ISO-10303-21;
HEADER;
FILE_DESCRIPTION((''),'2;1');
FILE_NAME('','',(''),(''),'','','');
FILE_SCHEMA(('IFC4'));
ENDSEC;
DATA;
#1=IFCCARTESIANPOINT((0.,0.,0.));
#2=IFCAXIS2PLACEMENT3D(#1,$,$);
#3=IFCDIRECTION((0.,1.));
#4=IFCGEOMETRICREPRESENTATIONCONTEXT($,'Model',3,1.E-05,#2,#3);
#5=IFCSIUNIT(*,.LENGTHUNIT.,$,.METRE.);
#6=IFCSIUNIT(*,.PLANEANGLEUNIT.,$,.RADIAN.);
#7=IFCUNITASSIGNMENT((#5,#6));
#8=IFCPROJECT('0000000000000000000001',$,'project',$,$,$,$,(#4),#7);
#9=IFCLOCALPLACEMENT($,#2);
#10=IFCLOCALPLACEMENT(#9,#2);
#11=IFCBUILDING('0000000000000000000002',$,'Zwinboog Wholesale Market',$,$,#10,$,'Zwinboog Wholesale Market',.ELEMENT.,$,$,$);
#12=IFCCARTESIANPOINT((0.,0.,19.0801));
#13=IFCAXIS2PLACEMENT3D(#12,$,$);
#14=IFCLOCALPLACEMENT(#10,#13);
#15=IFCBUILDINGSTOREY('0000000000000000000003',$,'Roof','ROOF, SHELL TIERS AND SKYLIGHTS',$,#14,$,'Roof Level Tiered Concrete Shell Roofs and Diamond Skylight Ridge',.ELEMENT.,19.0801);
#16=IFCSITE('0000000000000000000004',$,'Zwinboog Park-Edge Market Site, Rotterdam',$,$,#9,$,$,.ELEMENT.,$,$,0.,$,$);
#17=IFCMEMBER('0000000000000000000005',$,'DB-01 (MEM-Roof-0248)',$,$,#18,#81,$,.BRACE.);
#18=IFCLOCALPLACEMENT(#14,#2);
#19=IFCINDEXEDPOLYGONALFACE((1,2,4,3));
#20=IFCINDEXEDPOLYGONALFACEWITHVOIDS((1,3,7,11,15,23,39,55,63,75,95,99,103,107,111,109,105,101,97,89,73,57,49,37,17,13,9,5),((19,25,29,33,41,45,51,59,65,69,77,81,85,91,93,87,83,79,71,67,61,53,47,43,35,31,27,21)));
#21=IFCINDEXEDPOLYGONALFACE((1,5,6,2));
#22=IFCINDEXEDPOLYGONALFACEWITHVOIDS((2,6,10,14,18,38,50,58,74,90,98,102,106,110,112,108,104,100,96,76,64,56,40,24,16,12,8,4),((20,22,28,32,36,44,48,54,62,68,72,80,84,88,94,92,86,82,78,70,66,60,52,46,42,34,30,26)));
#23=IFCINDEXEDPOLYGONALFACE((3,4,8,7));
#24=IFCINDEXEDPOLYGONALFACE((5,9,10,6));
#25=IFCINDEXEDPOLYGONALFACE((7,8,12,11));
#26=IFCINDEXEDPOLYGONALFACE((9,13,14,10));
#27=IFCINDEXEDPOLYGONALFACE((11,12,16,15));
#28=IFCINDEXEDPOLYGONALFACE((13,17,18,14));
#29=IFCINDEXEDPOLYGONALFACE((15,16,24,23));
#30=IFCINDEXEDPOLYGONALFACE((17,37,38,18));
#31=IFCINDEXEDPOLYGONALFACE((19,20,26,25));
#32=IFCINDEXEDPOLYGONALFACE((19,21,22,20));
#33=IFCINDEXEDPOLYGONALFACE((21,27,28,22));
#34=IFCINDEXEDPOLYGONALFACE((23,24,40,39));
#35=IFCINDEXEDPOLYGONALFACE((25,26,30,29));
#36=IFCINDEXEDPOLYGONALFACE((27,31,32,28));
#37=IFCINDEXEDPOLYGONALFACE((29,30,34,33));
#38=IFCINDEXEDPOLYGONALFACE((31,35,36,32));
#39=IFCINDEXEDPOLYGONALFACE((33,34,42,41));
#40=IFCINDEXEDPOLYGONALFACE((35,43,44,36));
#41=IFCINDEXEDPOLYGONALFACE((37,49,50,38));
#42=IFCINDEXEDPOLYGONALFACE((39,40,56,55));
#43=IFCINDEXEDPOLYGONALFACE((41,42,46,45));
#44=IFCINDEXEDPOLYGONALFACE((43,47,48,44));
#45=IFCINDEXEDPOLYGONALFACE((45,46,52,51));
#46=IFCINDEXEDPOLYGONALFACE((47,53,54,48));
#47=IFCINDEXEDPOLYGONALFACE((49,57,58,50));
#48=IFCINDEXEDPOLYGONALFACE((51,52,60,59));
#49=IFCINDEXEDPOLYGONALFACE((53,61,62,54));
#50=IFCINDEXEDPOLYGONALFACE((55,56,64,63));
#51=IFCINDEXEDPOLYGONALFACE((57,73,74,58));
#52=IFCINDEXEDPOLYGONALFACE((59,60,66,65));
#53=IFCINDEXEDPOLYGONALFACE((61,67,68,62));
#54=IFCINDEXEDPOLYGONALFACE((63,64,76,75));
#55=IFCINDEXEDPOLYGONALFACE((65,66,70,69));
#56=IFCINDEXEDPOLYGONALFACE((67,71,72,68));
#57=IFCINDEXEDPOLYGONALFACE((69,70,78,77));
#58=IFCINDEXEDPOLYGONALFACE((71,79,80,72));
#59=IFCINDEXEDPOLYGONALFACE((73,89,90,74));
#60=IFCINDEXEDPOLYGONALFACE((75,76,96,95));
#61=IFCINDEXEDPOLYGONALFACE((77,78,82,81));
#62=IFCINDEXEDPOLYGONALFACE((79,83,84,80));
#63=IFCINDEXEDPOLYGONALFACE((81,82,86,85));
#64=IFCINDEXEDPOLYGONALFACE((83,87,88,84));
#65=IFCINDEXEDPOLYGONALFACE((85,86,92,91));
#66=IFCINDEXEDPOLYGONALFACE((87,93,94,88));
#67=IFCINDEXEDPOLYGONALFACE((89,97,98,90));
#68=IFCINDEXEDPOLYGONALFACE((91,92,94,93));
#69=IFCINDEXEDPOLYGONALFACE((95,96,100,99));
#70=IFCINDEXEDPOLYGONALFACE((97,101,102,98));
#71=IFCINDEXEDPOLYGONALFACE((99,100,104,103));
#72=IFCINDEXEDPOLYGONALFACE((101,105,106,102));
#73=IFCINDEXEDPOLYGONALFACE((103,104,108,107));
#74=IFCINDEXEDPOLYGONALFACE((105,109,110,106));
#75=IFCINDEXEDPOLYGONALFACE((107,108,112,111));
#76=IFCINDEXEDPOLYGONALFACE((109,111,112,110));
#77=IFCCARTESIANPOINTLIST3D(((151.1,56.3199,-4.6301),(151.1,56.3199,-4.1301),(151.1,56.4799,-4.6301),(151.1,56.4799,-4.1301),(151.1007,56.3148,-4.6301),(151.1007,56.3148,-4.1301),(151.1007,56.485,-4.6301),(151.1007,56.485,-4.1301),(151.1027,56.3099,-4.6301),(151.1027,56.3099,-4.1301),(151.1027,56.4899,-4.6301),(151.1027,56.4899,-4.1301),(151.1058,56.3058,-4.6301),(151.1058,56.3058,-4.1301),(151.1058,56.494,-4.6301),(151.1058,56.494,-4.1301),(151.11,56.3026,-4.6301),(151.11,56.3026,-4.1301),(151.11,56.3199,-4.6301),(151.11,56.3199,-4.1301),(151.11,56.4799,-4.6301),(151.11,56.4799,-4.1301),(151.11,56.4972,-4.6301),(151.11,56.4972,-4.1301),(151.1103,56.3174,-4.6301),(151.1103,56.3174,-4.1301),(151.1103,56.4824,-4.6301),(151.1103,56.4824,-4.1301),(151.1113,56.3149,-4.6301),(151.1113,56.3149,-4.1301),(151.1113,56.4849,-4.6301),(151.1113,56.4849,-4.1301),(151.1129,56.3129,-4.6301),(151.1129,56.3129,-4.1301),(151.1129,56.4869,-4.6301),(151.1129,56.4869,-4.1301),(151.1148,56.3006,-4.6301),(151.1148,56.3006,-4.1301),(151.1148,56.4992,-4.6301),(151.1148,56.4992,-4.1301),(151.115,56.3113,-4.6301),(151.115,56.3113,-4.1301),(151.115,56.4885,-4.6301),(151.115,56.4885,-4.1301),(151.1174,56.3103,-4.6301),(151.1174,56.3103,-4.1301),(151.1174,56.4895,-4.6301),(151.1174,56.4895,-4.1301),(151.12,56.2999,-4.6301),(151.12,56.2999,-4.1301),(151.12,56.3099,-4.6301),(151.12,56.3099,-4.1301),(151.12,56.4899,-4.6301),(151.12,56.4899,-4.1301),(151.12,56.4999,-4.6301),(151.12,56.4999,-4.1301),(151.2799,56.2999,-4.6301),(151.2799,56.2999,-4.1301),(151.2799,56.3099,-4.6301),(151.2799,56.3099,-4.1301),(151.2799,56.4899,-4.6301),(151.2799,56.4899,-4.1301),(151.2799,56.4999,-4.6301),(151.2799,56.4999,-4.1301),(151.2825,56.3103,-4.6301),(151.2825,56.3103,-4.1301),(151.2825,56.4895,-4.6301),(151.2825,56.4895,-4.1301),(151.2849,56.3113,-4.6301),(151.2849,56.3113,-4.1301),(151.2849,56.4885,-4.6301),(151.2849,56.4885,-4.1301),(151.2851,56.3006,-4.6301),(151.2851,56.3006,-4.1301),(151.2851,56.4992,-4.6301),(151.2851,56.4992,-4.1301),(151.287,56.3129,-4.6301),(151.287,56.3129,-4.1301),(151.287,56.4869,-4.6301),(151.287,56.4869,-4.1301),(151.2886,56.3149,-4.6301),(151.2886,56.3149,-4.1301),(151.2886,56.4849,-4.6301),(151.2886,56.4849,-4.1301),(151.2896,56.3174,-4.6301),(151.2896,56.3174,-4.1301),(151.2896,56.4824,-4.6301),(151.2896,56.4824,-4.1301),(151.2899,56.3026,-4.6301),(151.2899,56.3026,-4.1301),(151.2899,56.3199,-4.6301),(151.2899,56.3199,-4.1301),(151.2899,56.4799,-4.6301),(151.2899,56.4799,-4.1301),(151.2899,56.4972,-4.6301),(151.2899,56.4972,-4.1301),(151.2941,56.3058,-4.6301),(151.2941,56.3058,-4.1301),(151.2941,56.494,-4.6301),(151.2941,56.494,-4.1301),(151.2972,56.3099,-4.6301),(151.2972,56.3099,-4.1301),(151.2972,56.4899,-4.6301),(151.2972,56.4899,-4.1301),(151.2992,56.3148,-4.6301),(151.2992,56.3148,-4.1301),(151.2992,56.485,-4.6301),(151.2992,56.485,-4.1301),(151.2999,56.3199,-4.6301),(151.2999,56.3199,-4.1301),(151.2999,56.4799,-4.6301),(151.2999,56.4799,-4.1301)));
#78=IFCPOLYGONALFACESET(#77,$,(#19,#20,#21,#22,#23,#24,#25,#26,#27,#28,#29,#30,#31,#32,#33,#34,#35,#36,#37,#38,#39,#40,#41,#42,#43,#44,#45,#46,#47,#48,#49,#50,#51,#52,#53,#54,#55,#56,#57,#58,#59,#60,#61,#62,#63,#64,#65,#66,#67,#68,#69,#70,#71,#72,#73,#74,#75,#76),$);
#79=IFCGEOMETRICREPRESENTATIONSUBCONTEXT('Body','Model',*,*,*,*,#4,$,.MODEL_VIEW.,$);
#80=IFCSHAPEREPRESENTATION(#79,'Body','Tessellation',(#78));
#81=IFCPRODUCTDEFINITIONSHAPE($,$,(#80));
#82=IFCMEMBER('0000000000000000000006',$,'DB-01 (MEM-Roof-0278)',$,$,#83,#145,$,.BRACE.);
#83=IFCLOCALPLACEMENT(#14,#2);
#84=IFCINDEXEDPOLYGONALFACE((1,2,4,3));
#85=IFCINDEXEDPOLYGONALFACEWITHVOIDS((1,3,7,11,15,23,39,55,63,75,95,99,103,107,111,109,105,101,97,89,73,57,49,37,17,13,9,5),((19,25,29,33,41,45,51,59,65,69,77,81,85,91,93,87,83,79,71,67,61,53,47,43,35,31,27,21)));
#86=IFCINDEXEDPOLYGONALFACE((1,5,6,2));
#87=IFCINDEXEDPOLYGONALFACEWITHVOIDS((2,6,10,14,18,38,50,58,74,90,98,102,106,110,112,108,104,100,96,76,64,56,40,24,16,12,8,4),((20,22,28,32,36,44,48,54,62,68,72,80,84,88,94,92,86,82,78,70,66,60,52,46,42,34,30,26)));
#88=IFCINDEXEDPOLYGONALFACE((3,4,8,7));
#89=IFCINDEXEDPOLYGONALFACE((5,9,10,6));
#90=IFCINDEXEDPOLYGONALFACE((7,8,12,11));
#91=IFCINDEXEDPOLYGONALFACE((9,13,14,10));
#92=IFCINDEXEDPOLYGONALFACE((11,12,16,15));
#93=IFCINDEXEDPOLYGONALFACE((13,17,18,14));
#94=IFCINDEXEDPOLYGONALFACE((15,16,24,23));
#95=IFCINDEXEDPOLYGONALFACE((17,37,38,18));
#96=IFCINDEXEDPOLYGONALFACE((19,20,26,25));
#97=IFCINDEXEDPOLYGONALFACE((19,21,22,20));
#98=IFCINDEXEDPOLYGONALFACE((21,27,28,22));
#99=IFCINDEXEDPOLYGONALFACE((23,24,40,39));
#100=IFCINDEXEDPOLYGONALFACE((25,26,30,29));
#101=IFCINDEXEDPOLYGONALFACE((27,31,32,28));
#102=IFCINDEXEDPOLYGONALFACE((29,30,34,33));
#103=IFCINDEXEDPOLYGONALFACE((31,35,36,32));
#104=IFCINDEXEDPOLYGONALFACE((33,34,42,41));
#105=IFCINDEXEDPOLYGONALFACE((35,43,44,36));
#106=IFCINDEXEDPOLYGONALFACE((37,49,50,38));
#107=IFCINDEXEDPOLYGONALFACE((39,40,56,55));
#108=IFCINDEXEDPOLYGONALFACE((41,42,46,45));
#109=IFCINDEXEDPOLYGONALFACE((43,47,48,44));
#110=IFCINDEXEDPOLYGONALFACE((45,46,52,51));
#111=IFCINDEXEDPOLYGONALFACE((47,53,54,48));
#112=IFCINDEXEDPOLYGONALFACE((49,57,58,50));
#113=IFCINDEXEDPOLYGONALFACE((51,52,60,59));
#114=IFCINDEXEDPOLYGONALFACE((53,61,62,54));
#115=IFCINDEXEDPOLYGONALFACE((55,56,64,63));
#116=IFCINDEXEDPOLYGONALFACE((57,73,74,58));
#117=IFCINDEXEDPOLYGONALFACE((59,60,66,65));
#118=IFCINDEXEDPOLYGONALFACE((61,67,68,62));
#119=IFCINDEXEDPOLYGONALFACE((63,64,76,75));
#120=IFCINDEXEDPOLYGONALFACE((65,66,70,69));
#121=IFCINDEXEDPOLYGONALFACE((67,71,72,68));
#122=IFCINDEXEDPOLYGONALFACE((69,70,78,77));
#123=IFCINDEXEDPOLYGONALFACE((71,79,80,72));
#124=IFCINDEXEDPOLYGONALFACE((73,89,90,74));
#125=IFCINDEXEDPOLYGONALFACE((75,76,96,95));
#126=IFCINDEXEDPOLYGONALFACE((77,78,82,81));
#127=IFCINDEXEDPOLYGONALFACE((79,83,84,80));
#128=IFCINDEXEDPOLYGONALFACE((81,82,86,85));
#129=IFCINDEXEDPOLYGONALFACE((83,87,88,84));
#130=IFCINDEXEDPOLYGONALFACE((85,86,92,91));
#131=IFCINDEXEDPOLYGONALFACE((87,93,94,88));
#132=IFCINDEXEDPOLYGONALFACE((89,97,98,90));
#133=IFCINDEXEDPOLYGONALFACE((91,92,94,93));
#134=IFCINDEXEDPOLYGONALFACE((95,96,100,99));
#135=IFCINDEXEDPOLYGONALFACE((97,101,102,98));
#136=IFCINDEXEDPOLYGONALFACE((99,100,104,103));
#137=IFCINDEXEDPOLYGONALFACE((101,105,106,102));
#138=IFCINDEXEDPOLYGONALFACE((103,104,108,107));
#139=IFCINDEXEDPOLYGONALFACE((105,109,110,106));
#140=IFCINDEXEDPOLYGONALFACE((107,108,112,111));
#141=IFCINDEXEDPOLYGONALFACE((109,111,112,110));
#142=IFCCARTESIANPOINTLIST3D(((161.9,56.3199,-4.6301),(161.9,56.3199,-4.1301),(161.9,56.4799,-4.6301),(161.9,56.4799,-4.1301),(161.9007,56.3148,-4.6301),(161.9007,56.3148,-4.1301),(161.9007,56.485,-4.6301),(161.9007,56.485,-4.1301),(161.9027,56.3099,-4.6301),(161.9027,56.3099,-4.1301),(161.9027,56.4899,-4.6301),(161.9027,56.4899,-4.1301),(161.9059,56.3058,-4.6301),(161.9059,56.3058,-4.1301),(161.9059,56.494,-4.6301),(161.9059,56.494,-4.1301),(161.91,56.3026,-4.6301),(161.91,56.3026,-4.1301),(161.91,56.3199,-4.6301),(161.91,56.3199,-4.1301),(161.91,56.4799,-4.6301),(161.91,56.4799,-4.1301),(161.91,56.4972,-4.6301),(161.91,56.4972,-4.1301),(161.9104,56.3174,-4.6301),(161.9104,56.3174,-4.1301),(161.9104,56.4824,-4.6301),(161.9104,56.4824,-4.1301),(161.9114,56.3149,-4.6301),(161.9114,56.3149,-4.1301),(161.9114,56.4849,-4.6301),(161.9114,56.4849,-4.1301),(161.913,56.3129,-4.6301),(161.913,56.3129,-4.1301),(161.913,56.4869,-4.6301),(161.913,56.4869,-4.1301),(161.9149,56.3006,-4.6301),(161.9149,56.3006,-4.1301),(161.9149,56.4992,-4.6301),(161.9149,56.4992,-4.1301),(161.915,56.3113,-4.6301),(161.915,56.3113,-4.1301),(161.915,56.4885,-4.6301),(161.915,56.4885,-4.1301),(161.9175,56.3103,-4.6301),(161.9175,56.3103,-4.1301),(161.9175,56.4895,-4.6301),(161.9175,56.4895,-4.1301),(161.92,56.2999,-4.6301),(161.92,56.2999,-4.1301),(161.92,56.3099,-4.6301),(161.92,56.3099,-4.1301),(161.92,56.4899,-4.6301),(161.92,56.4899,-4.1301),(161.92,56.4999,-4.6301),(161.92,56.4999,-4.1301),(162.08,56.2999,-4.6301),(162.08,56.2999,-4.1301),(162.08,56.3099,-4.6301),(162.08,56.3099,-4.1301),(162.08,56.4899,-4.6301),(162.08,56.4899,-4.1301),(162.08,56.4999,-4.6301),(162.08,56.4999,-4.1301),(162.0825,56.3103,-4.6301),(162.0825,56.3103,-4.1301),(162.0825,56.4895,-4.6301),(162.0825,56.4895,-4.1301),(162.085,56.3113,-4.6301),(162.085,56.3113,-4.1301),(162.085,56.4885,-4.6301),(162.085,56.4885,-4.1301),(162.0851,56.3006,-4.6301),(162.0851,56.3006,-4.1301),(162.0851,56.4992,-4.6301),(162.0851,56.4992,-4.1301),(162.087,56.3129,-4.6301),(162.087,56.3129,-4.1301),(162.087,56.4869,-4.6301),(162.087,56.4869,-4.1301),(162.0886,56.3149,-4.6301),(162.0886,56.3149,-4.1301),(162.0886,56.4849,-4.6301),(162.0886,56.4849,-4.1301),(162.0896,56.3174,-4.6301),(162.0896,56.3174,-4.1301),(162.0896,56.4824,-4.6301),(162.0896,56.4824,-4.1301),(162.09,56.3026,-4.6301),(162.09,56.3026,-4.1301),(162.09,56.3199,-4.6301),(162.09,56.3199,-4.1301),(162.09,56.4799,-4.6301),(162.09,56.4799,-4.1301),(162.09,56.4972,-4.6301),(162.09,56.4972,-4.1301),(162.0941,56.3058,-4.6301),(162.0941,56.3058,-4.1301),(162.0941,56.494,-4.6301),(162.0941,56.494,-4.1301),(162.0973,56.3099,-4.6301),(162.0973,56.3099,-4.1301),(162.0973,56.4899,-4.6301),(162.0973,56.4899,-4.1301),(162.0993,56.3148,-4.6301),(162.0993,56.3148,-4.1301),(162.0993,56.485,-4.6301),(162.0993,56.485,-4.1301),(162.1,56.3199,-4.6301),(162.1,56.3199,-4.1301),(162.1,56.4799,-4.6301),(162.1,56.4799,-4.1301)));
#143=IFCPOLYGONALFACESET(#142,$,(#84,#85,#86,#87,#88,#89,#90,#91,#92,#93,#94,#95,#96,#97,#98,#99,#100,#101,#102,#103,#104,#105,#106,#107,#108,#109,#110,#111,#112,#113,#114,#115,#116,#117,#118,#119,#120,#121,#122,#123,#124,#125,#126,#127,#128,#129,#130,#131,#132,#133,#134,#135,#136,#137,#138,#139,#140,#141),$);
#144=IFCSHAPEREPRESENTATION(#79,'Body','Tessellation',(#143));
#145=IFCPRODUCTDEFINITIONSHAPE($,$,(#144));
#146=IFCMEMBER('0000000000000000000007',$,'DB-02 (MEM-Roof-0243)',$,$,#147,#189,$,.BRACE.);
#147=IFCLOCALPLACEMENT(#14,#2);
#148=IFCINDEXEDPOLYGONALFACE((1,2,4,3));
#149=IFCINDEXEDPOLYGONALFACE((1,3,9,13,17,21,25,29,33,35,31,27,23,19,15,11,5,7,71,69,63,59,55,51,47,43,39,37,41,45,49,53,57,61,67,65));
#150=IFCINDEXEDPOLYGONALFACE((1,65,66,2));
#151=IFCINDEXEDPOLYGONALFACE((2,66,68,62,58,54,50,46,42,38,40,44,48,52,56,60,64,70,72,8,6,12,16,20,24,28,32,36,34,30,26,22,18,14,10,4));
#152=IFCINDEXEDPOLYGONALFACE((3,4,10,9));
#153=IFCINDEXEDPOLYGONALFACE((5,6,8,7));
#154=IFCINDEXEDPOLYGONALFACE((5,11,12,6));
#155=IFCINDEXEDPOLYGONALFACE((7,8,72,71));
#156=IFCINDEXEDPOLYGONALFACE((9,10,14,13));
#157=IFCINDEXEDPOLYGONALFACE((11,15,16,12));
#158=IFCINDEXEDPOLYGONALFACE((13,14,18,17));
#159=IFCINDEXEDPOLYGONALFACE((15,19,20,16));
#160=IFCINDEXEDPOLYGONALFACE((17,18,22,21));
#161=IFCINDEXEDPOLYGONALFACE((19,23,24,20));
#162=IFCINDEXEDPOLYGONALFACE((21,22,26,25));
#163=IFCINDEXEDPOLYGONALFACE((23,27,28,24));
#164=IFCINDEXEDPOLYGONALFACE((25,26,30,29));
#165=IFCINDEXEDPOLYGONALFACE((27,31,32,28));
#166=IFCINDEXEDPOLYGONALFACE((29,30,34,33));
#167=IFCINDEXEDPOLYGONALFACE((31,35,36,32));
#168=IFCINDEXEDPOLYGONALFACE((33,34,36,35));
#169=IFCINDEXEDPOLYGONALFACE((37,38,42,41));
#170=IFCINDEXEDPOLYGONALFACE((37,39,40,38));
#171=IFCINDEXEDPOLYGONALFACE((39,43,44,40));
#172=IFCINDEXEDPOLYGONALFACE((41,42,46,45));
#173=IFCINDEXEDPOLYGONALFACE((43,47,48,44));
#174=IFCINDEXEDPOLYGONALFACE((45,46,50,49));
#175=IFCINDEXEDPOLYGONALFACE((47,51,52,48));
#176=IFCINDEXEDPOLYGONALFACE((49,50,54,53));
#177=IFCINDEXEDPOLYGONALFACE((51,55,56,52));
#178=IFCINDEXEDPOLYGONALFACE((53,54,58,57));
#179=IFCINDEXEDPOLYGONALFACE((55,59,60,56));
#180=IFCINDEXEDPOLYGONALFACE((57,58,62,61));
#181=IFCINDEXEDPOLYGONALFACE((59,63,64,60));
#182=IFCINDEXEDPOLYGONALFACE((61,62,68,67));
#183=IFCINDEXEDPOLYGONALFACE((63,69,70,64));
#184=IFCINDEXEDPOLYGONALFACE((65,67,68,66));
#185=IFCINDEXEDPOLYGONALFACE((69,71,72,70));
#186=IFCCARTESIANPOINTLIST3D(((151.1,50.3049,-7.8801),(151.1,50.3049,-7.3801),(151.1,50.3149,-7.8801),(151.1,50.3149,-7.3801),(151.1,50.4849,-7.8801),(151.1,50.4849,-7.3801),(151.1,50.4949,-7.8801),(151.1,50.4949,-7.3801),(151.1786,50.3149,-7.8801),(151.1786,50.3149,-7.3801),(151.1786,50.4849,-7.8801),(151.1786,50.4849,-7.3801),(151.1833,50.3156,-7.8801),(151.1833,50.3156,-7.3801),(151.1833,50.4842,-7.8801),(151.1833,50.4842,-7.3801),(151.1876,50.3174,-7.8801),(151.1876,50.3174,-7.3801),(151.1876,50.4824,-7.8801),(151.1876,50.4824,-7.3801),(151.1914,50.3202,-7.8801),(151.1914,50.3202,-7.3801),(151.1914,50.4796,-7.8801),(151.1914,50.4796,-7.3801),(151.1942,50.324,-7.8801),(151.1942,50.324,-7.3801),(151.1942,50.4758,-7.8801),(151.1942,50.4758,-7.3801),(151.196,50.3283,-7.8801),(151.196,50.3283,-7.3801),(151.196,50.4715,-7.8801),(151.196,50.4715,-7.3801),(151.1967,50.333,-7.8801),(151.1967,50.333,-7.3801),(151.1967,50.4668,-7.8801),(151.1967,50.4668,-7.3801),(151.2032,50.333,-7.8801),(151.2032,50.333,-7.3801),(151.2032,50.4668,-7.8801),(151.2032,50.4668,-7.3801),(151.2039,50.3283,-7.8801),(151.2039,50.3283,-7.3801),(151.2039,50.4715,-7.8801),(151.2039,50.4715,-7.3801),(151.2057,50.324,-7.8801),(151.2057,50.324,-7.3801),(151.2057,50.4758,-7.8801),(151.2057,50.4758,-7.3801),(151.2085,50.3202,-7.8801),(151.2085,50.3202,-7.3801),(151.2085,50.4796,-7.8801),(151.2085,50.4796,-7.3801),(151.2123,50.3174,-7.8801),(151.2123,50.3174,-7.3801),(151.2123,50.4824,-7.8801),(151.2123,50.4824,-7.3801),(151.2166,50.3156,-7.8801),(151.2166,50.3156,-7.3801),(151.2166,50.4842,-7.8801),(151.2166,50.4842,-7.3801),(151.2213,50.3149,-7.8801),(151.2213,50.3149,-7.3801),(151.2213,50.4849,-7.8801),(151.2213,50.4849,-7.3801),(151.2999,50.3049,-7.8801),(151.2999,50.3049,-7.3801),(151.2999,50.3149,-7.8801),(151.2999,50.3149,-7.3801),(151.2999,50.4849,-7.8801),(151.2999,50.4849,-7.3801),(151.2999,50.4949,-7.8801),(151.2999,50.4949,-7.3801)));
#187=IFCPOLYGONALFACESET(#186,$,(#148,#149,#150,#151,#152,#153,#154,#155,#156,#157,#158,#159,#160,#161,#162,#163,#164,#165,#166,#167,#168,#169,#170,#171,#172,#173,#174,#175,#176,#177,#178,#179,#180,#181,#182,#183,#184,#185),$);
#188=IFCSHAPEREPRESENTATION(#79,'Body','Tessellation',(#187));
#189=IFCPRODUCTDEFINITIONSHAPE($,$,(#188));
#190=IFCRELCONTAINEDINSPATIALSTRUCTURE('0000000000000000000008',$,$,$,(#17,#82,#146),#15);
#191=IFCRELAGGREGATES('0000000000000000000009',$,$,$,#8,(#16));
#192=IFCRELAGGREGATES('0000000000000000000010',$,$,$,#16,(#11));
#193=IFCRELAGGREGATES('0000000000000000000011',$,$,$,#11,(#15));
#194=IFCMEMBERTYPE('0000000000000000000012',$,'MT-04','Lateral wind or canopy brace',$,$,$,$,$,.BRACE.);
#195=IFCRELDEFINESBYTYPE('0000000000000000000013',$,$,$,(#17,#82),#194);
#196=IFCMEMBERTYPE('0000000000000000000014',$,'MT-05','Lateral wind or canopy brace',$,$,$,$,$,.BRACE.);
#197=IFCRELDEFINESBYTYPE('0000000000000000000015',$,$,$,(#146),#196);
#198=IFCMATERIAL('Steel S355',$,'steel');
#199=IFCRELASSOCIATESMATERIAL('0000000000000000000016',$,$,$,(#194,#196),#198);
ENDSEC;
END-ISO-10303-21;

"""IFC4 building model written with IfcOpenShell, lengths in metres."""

from ifc_helpers import new_model, si_unit, direction, frame, origin, origin_2d, place, context, subcontext, project, spatial, hollow_rectangle, i_section, extrude, material, material_profile, profile_set, type_object, element, save


model = new_model("IFC4")

# Units and contexts
model_context = context("Model", 3, precision=1e-05, world=origin(), true_north=direction((0.0, 1.0)))
body_context = subcontext(model_context, "Body", "Model", "MODEL_VIEW")
ifc_project = project(units=[si_unit("LENGTHUNIT", "METRE"), si_unit("PLANEANGLEUNIT", "RADIAN")], contexts=[model_context])

# Site, building, storey
site_placement = place(None, origin())
site = spatial("IfcSite", under=ifc_project, at=site_placement, Name="Zwinboog Park-Edge Market Site, Rotterdam", CompositionType="ELEMENT", RefElevation=0.0)
building_placement = place(site_placement, origin())
building = spatial("IfcBuilding", under=site, at=building_placement, Name="Zwinboog Wholesale Market", LongName="Zwinboog Wholesale Market", CompositionType="ELEMENT")
storey_placement = place(building_placement, frame((0.0, 0.0, 19.0801)))
storey = spatial("IfcBuildingStorey", under=building, at=storey_placement, Name="Roof", Description="ROOF, SHELL TIERS AND SKYLIGHTS", LongName="Roof Level Tiered Concrete Shell Roofs and Diamond Skylight Ridge", CompositionType="ELEMENT", Elevation=19.0801)

# Members
ifc_material_1 = material(Name="Steel S355", Category="steel")
ifc_material_profile_1 = material_profile(ifc_material_1, hollow_rectangle(XDim=0.2, YDim=0.2, WallThickness=0.01, InnerFilletRadius=0.01, OuterFilletRadius=0.02, at=origin_2d()), Name="SHS 200x200x10")
ifc_profile_set_1 = profile_set([ifc_material_profile_1], Name="Steel S355")
member_type_1 = type_object("IfcMemberType", Name="MT-04", Description="Lateral wind or canopy brace", PredefinedType="BRACE", material=ifc_profile_set_1)
for number, where, z_axis, x_axis, name in (
    (1, (151.2, 56.3999, -4.6301), (0.0, 0.0, 1.0), (1.0, 0.0, 0.0), "DB-01 (MEM-Roof-0248)"),
    (2, (162.0, 56.3999, -4.6301), (0.0, 0.0, 1.0), (1.0, 0.0, 0.0), "DB-01 (MEM-Roof-0278)"),
):
    element("IfcMember", number, at=place(storey_placement, frame(where, z_axis=z_axis, x_axis=x_axis)), inside=storey, type_object=member_type_1, Name=name, PredefinedType="BRACE", context=body_context, shape_type="SweptSolid", body=[
        extrude(hollow_rectangle(XDim=0.2, YDim=0.2, WallThickness=0.01, InnerFilletRadius=0.01, OuterFilletRadius=0.02, at=origin_2d()), origin(), (0.0, 0.0, 1.0), 0.5),
    ])
ifc_material_profile_2 = material_profile(ifc_material_1, i_section(OverallWidth=0.2, OverallDepth=0.1899, WebThickness=0.0066, FlangeThickness=0.01, FilletRadius=0.0181, at=origin_2d()), Name="HEA 200")
ifc_profile_set_2 = profile_set([ifc_material_profile_2], Name="Steel S355")
member_type_2 = type_object("IfcMemberType", Name="MT-05", Description="Lateral wind or canopy brace", PredefinedType="BRACE", material=ifc_profile_set_2)
for number, where, z_axis, x_axis, name in (
    (3, (151.2, 50.3999, -7.8801), (0.0, 0.0, 1.0), (1.0, 0.0, 0.0), "DB-02 (MEM-Roof-0243)"),
):
    element("IfcMember", number, at=place(storey_placement, frame(where, z_axis=z_axis, x_axis=x_axis)), inside=storey, type_object=member_type_2, Name=name, PredefinedType="BRACE", context=body_context, shape_type="SweptSolid", body=[
        extrude(i_section(OverallWidth=0.2, OverallDepth=0.1899, WebThickness=0.0066, FlangeThickness=0.01, FilletRadius=0.0181, at=origin_2d()), origin(), (0.0, 0.0, 1.0), 0.5),
    ])

save(model, "model.ifc")
